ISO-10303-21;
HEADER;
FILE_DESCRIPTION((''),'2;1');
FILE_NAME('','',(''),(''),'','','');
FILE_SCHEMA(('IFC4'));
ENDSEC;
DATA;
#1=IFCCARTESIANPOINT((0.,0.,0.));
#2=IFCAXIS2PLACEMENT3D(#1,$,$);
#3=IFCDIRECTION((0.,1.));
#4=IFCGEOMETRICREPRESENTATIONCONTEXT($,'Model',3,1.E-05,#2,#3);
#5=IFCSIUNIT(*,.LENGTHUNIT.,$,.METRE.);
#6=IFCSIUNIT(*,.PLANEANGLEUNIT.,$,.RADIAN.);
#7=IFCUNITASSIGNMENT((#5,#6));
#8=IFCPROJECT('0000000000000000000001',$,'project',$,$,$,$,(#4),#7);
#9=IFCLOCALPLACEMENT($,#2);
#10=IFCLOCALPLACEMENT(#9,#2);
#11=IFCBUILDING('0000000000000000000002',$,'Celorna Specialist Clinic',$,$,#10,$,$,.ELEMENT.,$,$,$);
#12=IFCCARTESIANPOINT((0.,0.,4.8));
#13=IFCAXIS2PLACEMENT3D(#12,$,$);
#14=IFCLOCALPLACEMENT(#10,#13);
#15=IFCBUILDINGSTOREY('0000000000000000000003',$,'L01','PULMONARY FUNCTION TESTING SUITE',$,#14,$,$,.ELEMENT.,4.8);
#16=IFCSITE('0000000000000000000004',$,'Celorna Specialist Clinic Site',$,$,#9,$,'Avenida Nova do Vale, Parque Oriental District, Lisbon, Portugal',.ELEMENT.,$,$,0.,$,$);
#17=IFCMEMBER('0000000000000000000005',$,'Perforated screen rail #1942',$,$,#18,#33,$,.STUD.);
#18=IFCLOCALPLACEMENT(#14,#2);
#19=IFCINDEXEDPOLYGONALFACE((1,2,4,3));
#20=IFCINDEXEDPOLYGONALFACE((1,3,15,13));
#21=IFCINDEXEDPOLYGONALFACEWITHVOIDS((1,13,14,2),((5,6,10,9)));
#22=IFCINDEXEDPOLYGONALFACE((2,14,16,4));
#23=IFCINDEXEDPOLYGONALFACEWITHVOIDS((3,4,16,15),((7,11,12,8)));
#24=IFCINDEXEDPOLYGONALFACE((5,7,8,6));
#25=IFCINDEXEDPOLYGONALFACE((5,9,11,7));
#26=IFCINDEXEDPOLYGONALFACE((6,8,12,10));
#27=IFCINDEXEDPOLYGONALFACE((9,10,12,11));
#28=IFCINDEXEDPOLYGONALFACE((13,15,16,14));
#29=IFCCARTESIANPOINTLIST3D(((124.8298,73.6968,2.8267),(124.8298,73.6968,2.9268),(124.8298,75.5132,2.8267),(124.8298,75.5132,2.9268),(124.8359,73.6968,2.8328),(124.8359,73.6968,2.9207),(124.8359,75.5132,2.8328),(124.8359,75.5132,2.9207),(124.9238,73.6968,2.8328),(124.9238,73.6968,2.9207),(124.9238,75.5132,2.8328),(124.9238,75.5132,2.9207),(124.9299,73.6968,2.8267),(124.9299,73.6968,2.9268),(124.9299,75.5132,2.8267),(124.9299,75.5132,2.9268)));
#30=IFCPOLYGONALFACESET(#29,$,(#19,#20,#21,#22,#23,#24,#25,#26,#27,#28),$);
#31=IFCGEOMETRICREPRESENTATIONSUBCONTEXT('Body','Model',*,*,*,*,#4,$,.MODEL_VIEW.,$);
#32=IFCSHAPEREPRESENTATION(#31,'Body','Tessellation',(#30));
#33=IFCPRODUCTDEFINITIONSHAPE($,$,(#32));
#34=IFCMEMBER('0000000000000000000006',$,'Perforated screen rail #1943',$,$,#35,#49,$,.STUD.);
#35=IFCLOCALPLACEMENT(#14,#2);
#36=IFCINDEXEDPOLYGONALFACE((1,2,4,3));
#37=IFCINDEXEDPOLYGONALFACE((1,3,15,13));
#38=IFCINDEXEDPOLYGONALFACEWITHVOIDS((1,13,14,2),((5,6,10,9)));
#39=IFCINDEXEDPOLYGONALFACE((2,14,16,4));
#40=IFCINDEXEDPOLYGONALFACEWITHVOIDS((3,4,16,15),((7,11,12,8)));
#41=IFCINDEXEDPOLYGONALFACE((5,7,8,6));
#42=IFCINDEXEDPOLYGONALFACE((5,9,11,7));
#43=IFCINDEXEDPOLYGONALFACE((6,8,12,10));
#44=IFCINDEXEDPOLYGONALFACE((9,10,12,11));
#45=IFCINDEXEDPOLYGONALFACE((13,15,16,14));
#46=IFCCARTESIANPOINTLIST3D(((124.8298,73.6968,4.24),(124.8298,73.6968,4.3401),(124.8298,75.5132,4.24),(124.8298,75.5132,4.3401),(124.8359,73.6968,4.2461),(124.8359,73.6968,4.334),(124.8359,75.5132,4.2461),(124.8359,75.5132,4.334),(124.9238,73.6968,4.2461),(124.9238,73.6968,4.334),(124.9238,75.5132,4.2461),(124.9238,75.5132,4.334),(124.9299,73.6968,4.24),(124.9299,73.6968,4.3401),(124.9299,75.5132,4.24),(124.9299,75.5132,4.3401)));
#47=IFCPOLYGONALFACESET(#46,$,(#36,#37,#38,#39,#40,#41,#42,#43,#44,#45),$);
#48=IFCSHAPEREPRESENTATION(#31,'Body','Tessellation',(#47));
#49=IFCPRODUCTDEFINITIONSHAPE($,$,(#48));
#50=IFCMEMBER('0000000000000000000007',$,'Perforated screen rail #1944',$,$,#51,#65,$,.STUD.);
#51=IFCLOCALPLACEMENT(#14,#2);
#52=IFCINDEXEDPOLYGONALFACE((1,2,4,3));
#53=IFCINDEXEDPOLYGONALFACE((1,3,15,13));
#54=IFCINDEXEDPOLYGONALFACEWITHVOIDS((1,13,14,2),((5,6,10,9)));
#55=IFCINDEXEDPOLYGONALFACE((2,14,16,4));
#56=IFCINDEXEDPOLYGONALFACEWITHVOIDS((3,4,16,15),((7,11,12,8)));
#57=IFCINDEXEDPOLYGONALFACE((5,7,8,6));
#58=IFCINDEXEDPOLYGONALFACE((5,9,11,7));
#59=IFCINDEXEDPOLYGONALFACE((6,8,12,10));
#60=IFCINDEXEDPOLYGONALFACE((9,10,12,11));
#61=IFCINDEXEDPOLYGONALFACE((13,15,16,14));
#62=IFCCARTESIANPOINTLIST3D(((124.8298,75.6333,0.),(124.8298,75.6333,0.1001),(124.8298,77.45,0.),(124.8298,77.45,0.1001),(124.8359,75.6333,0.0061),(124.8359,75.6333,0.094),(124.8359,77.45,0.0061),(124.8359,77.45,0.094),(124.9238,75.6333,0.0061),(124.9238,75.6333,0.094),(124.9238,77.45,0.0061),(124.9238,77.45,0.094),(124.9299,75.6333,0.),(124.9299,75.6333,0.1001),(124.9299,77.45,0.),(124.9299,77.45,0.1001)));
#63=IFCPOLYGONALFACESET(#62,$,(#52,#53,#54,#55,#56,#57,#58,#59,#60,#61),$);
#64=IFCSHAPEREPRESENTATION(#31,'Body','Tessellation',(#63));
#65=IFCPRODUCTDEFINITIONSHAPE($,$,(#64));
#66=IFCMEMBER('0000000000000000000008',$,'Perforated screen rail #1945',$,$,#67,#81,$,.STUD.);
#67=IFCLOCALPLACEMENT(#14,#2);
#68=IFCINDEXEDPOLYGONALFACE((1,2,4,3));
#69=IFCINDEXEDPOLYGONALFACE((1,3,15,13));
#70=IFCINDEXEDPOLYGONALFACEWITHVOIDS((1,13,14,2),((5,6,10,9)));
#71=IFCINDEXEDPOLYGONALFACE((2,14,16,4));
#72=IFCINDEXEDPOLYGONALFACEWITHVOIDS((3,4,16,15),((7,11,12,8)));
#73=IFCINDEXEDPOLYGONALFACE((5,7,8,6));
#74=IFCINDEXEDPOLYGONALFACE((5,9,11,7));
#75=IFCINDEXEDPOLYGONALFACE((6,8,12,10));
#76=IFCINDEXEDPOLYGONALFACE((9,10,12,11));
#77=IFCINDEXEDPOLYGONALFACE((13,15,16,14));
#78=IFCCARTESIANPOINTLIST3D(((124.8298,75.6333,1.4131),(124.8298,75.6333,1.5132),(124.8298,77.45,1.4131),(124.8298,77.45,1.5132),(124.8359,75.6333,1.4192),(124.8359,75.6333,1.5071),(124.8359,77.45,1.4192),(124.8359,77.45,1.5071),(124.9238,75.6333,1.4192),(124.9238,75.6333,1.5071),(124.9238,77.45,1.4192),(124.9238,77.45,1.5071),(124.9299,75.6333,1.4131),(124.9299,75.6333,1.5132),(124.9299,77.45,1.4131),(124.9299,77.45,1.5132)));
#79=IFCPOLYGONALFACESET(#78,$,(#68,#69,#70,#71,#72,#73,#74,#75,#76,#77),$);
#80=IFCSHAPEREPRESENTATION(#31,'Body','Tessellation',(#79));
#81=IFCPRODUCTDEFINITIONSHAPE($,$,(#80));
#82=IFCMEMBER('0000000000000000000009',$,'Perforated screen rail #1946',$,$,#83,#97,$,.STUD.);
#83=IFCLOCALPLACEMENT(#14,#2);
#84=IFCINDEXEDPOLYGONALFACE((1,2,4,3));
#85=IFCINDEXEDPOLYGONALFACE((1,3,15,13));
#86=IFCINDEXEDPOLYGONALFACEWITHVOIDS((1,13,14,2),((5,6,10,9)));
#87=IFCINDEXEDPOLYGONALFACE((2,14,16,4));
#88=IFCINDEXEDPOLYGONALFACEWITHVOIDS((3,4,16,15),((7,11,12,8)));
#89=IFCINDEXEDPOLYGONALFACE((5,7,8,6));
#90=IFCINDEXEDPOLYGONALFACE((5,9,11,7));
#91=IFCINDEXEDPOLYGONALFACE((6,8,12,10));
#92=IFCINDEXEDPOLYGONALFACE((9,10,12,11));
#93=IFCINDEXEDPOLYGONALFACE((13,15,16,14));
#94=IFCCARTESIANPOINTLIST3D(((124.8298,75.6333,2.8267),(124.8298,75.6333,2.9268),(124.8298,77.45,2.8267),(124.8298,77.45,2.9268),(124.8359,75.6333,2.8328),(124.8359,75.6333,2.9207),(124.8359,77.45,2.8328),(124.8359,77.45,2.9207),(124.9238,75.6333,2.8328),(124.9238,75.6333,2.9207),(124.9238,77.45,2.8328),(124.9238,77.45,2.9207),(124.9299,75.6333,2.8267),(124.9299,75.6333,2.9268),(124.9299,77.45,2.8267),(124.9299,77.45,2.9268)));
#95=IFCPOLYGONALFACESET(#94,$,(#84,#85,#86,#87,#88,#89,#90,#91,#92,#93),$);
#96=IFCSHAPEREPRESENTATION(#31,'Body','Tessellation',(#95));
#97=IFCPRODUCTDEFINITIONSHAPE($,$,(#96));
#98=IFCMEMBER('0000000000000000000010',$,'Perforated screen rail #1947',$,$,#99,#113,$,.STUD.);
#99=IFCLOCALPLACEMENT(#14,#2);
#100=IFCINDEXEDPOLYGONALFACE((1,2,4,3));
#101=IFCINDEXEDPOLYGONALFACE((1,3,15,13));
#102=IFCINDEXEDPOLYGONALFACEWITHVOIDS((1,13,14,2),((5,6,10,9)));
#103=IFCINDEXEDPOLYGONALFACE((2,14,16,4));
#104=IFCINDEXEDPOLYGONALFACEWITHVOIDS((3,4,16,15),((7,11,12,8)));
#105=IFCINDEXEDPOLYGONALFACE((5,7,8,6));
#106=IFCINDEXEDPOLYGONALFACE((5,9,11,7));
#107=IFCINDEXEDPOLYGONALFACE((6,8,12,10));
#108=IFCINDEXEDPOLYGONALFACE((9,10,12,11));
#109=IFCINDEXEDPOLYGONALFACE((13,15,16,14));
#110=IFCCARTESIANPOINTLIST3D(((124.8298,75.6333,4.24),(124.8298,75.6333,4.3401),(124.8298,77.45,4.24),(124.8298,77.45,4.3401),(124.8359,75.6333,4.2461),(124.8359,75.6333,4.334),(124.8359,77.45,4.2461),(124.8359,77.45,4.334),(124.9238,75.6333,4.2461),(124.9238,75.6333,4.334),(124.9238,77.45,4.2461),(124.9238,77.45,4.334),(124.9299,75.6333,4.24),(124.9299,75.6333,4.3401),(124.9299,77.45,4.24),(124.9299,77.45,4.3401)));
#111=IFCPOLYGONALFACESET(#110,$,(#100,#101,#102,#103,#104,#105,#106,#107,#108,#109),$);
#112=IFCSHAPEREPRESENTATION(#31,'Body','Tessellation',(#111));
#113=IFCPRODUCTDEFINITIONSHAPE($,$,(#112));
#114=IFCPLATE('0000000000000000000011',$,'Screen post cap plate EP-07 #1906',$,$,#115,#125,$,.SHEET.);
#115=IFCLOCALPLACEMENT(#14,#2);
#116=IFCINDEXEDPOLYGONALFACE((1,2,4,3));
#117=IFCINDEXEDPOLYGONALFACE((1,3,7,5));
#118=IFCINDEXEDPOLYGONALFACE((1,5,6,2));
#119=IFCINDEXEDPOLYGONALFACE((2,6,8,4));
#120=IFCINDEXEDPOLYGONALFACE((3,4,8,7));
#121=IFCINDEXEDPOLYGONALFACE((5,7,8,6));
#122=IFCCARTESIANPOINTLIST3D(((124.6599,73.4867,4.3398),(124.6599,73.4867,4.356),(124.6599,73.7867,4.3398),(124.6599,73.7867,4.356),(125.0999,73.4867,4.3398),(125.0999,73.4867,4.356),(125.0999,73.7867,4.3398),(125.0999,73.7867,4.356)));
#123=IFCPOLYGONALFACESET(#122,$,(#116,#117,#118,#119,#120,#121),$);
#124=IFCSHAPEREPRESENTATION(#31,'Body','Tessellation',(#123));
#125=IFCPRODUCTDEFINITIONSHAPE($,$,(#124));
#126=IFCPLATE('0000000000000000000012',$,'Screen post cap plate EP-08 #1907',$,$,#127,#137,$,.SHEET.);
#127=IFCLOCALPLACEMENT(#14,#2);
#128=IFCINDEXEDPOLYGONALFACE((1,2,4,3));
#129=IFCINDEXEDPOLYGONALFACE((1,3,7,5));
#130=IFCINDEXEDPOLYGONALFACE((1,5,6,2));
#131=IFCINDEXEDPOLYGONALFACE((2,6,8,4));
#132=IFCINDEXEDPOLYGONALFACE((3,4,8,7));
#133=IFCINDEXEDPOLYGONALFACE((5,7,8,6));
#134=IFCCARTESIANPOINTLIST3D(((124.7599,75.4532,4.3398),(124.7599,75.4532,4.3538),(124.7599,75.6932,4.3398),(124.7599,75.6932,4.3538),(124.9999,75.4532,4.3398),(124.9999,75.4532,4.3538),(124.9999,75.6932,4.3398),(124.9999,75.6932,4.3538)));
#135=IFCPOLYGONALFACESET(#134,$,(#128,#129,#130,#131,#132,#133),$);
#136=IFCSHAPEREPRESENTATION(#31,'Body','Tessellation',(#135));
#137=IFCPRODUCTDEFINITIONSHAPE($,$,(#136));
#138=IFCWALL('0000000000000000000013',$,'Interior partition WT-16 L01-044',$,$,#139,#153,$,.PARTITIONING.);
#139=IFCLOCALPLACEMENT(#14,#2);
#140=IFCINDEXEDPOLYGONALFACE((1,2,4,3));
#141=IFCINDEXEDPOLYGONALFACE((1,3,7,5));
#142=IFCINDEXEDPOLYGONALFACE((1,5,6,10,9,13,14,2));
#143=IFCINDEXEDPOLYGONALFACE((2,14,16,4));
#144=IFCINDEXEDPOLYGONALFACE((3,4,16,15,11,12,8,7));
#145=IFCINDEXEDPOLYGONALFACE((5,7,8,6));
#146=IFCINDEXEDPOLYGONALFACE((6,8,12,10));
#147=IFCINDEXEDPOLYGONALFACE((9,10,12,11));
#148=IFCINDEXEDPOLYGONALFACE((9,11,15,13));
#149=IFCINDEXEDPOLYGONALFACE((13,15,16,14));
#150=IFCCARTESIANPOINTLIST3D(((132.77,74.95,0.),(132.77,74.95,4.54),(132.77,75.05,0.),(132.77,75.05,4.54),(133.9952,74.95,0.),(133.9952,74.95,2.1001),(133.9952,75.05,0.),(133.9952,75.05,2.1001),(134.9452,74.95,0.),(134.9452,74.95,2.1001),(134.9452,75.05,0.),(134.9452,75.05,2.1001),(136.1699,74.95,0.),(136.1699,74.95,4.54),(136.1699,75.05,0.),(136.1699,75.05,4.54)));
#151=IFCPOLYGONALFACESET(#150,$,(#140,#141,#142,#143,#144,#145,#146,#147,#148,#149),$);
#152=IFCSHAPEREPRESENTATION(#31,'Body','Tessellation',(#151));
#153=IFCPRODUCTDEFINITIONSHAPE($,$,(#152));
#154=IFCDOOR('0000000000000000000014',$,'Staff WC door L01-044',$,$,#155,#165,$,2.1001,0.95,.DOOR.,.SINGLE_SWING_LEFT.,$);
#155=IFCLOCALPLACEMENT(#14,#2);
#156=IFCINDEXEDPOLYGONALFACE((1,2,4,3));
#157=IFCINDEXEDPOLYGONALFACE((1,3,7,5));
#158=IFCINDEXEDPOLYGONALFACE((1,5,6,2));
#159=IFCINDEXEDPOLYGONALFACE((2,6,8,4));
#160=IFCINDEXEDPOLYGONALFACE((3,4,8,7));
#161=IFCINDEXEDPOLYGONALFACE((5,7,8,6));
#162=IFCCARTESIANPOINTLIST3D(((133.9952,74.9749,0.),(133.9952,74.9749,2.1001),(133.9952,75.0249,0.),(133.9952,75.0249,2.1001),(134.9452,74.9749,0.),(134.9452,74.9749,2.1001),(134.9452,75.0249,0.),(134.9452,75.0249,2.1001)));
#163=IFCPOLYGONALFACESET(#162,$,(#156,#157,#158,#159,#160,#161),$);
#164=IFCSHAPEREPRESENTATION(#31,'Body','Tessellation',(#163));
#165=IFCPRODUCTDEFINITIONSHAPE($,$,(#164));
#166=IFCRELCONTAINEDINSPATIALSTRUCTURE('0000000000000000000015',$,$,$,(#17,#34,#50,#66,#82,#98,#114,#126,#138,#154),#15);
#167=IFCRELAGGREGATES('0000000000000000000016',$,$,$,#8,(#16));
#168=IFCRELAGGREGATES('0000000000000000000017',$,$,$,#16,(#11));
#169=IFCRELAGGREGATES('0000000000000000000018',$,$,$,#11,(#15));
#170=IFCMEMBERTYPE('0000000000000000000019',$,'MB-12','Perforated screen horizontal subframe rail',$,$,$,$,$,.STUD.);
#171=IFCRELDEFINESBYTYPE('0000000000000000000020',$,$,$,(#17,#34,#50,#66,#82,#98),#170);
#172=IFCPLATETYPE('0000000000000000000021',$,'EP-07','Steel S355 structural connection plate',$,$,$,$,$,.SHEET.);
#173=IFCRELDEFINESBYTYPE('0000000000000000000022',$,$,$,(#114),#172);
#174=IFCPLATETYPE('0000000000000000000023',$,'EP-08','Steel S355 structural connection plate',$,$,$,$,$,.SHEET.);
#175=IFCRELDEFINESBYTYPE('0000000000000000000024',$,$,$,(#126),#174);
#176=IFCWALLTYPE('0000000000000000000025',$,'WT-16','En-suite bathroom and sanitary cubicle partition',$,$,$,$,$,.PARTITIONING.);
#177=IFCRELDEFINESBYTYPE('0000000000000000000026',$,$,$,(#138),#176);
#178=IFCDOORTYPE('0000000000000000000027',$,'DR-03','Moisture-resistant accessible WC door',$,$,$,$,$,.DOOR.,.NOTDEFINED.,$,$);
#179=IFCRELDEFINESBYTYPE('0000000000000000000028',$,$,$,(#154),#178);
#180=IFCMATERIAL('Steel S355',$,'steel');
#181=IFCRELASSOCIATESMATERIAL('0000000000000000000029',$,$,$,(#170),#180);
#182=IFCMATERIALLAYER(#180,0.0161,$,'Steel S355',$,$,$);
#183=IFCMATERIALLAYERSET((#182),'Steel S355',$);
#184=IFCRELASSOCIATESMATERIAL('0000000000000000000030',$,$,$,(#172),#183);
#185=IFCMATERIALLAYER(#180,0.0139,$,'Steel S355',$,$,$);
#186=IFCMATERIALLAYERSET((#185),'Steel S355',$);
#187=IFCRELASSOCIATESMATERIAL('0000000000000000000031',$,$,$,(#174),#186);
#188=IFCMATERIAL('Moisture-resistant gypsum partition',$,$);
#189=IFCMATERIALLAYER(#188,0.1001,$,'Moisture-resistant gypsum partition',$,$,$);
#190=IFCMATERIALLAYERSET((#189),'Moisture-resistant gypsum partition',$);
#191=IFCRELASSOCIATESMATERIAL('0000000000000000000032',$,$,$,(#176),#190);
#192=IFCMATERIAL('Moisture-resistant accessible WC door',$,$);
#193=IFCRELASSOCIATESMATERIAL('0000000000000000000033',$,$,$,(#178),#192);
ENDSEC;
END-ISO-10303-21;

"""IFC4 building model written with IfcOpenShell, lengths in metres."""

from ifc_helpers import new_model, si_unit, direction, frame, frame_2d, origin, origin_2d, place, context, subcontext, project, spatial, rectangle, hollow_rectangle, extrude, material, layer, layer_set, material_profile, profile_set, type_object, element, fill, save


model = new_model("IFC4")

# Units and contexts
model_context = context("Model", 3, precision=1e-05, world=origin(), true_north=direction((0.0, 1.0)))
body_context = subcontext(model_context, "Body", "Model", "MODEL_VIEW")
ifc_project = project(units=[si_unit("LENGTHUNIT", "METRE"), si_unit("PLANEANGLEUNIT", "RADIAN")], contexts=[model_context])

# Site, building, storey
site_placement = place(None, origin())
site = spatial("IfcSite", under=ifc_project, at=site_placement, Name="Celorna Specialist Clinic Site", LongName="Avenida Nova do Vale, Parque Oriental District, Lisbon, Portugal", CompositionType="ELEMENT", RefElevation=0.0)
building_placement = place(site_placement, origin())
building = spatial("IfcBuilding", under=site, at=building_placement, Name="Celorna Specialist Clinic", CompositionType="ELEMENT")
storey_placement = place(building_placement, frame((0.0, 0.0, 4.8)))
storey = spatial("IfcBuildingStorey", under=building, at=storey_placement, Name="L01", Description="PULMONARY FUNCTION TESTING SUITE", CompositionType="ELEMENT", Elevation=4.8)

# Shared definitions
ifc_material_1 = material(Name="Steel S355", Category="steel")

# Members
ifc_material_profile_1 = material_profile(ifc_material_1, hollow_rectangle(XDim=0.1001, YDim=0.1001, WallThickness=0.0061, at=origin_2d()), Name="SHS 100x100x6")
ifc_profile_set_1 = profile_set([ifc_material_profile_1], Name="Steel S355")
member_type_1 = type_object("IfcMemberType", Name="MB-12", Description="Perforated screen horizontal subframe rail", PredefinedType="STUD", material=ifc_profile_set_1)
for number, where, z_axis, x_axis, name in (
    (1, (124.8799, 73.6968, 2.8767), (0.0, 1.0, 0.0), (-1.0, 0.0, 0.0), "Perforated screen rail #1942"),
    (2, (124.8799, 73.6968, 4.29), (0.0, 1.0, 0.0), (-1.0, 0.0, 0.0), "Perforated screen rail #1943"),
):
    element("IfcMember", number, at=place(storey_placement, frame(where, z_axis=z_axis, x_axis=x_axis)), inside=storey, type_object=member_type_1, Name=name, PredefinedType="STUD", context=body_context, shape_type="SweptSolid", body=[
        extrude(hollow_rectangle(XDim=0.1001, YDim=0.1001, WallThickness=0.0061, at=origin_2d()), origin(), (0.0, 0.0, 1.0), 1.8164),
    ])
for number, where, z_axis, x_axis, name in (
    (3, (124.8799, 75.6333, 0.05), (0.0, 1.0, 0.0), (-1.0, 0.0, 0.0), "Perforated screen rail #1944"),
    (4, (124.8799, 75.6333, 1.4631), (0.0, 1.0, 0.0), (-1.0, 0.0, 0.0), "Perforated screen rail #1945"),
    (5, (124.8799, 75.6333, 2.8767), (0.0, 1.0, 0.0), (-1.0, 0.0, 0.0), "Perforated screen rail #1946"),
    (6, (124.8799, 75.6333, 4.29), (0.0, 1.0, 0.0), (-1.0, 0.0, 0.0), "Perforated screen rail #1947"),
):
    element("IfcMember", number, at=place(storey_placement, frame(where, z_axis=z_axis, x_axis=x_axis)), inside=storey, type_object=member_type_1, Name=name, PredefinedType="STUD", context=body_context, shape_type="SweptSolid", body=[
        extrude(hollow_rectangle(XDim=0.1001, YDim=0.1001, WallThickness=0.0061, at=origin_2d()), origin(), (0.0, 0.0, 1.0), 1.8167),
    ])

# Plates
ifc_layer_1 = layer(ifc_material_1, 0.0161, Name="Steel S355")
ifc_layer_set_1 = layer_set([ifc_layer_1], Name="Steel S355")
plate_type_1 = type_object("IfcPlateType", Name="EP-07", Description="Steel S355 structural connection plate", PredefinedType="SHEET", material=ifc_layer_set_1)
plate_1_placement = place(storey_placement, frame((124.8799, 73.6367, 4.3398), z_axis=(0.0, 0.0, 1.0), x_axis=(0.0, 1.0, 0.0)))
element("IfcPlate", 7, at=plate_1_placement, inside=storey, type_object=plate_type_1, Name="Screen post cap plate EP-07 #1906", PredefinedType="SHEET", context=body_context, shape_type="SweptSolid", body=[
    extrude(rectangle(XDim=0.3, YDim=0.4399, at=origin_2d()), origin(), (0.0, 0.0, 1.0), 0.0161),
])
ifc_layer_2 = layer(ifc_material_1, 0.0139, Name="Steel S355")
ifc_layer_set_2 = layer_set([ifc_layer_2], Name="Steel S355")
plate_type_2 = type_object("IfcPlateType", Name="EP-08", Description="Steel S355 structural connection plate", PredefinedType="SHEET", material=ifc_layer_set_2)
plate_2_placement = place(storey_placement, frame((124.8799, 75.5732, 4.3398), z_axis=(0.0, 0.0, 1.0), x_axis=(0.0, 1.0, 0.0)))
element("IfcPlate", 8, at=plate_2_placement, inside=storey, type_object=plate_type_2, Name="Screen post cap plate EP-08 #1907", PredefinedType="SHEET", context=body_context, shape_type="SweptSolid", body=[
    extrude(rectangle(XDim=0.24, YDim=0.24, at=origin_2d()), origin(), (0.0, 0.0, 1.0), 0.0139),
])

# Wall, opening, door
ifc_material_2 = material(Name="Moisture-resistant gypsum partition")
ifc_layer_3 = layer(ifc_material_2, 0.1001, Name="Moisture-resistant gypsum partition")
ifc_layer_set_3 = layer_set([ifc_layer_3], Name="Moisture-resistant gypsum partition")
wall_type = type_object("IfcWallType", Name="WT-16", Description="En-suite bathroom and sanitary cubicle partition", PredefinedType="PARTITIONING", material=ifc_layer_set_3)
wall_placement = place(storey_placement, frame((132.77, 75.0, 0.0), z_axis=(0.0, 0.0, 1.0), x_axis=(1.0, 0.0, 0.0)))
wall = element("IfcWall", 9, at=wall_placement, inside=storey, type_object=wall_type, Name="Interior partition WT-16 L01-044", PredefinedType="PARTITIONING", context=body_context, shape_type="SweptSolid", body=[
    extrude(rectangle(XDim=3.3999, YDim=0.1001, at=frame_2d((1.7, 0.0))), origin(), (0.0, 0.0, 1.0), 4.54),
])
opening_placement = place(wall_placement, frame((1.2251, 0.0, 0.0)))
opening = element("IfcOpeningElement", 10, at=opening_placement, cuts=wall, PredefinedType="OPENING", context=body_context, shape_type="SweptSolid", body=[
    extrude(rectangle(XDim=0.95, YDim=2.1001, at=frame_2d((0.4751, 1.05))), frame((0.0, 0.0601, 0.0), z_axis=(0.0, -1.0, 0.0), x_axis=(1.0, 0.0, 0.0)), (0.0, 0.0, 1.0), 0.1201),
])
ifc_material_3 = material(Name="Moisture-resistant accessible WC door")
door_type = type_object("IfcDoorType", Name="DR-03", Description="Moisture-resistant accessible WC door", OperationType="NOTDEFINED", PredefinedType="DOOR", material=ifc_material_3)
door_placement = place(opening_placement, origin())
door = element("IfcDoor", 11, at=door_placement, inside=storey, type_object=door_type, Name="Staff WC door L01-044", OperationType="SINGLE_SWING_LEFT", OverallHeight=2.1001, OverallWidth=0.95, PredefinedType="DOOR", context=body_context, shape_type="SweptSolid", body=[
    extrude(rectangle(XDim=0.95, YDim=2.1001, at=frame_2d((0.4751, 1.05))), frame((0.0, 0.0249, 0.0), z_axis=(0.0, -1.0, 0.0), x_axis=(1.0, 0.0, 0.0)), (0.0, 0.0, 1.0), 0.05),
])
fill(opening, door)

save(model, "model.ifc")
